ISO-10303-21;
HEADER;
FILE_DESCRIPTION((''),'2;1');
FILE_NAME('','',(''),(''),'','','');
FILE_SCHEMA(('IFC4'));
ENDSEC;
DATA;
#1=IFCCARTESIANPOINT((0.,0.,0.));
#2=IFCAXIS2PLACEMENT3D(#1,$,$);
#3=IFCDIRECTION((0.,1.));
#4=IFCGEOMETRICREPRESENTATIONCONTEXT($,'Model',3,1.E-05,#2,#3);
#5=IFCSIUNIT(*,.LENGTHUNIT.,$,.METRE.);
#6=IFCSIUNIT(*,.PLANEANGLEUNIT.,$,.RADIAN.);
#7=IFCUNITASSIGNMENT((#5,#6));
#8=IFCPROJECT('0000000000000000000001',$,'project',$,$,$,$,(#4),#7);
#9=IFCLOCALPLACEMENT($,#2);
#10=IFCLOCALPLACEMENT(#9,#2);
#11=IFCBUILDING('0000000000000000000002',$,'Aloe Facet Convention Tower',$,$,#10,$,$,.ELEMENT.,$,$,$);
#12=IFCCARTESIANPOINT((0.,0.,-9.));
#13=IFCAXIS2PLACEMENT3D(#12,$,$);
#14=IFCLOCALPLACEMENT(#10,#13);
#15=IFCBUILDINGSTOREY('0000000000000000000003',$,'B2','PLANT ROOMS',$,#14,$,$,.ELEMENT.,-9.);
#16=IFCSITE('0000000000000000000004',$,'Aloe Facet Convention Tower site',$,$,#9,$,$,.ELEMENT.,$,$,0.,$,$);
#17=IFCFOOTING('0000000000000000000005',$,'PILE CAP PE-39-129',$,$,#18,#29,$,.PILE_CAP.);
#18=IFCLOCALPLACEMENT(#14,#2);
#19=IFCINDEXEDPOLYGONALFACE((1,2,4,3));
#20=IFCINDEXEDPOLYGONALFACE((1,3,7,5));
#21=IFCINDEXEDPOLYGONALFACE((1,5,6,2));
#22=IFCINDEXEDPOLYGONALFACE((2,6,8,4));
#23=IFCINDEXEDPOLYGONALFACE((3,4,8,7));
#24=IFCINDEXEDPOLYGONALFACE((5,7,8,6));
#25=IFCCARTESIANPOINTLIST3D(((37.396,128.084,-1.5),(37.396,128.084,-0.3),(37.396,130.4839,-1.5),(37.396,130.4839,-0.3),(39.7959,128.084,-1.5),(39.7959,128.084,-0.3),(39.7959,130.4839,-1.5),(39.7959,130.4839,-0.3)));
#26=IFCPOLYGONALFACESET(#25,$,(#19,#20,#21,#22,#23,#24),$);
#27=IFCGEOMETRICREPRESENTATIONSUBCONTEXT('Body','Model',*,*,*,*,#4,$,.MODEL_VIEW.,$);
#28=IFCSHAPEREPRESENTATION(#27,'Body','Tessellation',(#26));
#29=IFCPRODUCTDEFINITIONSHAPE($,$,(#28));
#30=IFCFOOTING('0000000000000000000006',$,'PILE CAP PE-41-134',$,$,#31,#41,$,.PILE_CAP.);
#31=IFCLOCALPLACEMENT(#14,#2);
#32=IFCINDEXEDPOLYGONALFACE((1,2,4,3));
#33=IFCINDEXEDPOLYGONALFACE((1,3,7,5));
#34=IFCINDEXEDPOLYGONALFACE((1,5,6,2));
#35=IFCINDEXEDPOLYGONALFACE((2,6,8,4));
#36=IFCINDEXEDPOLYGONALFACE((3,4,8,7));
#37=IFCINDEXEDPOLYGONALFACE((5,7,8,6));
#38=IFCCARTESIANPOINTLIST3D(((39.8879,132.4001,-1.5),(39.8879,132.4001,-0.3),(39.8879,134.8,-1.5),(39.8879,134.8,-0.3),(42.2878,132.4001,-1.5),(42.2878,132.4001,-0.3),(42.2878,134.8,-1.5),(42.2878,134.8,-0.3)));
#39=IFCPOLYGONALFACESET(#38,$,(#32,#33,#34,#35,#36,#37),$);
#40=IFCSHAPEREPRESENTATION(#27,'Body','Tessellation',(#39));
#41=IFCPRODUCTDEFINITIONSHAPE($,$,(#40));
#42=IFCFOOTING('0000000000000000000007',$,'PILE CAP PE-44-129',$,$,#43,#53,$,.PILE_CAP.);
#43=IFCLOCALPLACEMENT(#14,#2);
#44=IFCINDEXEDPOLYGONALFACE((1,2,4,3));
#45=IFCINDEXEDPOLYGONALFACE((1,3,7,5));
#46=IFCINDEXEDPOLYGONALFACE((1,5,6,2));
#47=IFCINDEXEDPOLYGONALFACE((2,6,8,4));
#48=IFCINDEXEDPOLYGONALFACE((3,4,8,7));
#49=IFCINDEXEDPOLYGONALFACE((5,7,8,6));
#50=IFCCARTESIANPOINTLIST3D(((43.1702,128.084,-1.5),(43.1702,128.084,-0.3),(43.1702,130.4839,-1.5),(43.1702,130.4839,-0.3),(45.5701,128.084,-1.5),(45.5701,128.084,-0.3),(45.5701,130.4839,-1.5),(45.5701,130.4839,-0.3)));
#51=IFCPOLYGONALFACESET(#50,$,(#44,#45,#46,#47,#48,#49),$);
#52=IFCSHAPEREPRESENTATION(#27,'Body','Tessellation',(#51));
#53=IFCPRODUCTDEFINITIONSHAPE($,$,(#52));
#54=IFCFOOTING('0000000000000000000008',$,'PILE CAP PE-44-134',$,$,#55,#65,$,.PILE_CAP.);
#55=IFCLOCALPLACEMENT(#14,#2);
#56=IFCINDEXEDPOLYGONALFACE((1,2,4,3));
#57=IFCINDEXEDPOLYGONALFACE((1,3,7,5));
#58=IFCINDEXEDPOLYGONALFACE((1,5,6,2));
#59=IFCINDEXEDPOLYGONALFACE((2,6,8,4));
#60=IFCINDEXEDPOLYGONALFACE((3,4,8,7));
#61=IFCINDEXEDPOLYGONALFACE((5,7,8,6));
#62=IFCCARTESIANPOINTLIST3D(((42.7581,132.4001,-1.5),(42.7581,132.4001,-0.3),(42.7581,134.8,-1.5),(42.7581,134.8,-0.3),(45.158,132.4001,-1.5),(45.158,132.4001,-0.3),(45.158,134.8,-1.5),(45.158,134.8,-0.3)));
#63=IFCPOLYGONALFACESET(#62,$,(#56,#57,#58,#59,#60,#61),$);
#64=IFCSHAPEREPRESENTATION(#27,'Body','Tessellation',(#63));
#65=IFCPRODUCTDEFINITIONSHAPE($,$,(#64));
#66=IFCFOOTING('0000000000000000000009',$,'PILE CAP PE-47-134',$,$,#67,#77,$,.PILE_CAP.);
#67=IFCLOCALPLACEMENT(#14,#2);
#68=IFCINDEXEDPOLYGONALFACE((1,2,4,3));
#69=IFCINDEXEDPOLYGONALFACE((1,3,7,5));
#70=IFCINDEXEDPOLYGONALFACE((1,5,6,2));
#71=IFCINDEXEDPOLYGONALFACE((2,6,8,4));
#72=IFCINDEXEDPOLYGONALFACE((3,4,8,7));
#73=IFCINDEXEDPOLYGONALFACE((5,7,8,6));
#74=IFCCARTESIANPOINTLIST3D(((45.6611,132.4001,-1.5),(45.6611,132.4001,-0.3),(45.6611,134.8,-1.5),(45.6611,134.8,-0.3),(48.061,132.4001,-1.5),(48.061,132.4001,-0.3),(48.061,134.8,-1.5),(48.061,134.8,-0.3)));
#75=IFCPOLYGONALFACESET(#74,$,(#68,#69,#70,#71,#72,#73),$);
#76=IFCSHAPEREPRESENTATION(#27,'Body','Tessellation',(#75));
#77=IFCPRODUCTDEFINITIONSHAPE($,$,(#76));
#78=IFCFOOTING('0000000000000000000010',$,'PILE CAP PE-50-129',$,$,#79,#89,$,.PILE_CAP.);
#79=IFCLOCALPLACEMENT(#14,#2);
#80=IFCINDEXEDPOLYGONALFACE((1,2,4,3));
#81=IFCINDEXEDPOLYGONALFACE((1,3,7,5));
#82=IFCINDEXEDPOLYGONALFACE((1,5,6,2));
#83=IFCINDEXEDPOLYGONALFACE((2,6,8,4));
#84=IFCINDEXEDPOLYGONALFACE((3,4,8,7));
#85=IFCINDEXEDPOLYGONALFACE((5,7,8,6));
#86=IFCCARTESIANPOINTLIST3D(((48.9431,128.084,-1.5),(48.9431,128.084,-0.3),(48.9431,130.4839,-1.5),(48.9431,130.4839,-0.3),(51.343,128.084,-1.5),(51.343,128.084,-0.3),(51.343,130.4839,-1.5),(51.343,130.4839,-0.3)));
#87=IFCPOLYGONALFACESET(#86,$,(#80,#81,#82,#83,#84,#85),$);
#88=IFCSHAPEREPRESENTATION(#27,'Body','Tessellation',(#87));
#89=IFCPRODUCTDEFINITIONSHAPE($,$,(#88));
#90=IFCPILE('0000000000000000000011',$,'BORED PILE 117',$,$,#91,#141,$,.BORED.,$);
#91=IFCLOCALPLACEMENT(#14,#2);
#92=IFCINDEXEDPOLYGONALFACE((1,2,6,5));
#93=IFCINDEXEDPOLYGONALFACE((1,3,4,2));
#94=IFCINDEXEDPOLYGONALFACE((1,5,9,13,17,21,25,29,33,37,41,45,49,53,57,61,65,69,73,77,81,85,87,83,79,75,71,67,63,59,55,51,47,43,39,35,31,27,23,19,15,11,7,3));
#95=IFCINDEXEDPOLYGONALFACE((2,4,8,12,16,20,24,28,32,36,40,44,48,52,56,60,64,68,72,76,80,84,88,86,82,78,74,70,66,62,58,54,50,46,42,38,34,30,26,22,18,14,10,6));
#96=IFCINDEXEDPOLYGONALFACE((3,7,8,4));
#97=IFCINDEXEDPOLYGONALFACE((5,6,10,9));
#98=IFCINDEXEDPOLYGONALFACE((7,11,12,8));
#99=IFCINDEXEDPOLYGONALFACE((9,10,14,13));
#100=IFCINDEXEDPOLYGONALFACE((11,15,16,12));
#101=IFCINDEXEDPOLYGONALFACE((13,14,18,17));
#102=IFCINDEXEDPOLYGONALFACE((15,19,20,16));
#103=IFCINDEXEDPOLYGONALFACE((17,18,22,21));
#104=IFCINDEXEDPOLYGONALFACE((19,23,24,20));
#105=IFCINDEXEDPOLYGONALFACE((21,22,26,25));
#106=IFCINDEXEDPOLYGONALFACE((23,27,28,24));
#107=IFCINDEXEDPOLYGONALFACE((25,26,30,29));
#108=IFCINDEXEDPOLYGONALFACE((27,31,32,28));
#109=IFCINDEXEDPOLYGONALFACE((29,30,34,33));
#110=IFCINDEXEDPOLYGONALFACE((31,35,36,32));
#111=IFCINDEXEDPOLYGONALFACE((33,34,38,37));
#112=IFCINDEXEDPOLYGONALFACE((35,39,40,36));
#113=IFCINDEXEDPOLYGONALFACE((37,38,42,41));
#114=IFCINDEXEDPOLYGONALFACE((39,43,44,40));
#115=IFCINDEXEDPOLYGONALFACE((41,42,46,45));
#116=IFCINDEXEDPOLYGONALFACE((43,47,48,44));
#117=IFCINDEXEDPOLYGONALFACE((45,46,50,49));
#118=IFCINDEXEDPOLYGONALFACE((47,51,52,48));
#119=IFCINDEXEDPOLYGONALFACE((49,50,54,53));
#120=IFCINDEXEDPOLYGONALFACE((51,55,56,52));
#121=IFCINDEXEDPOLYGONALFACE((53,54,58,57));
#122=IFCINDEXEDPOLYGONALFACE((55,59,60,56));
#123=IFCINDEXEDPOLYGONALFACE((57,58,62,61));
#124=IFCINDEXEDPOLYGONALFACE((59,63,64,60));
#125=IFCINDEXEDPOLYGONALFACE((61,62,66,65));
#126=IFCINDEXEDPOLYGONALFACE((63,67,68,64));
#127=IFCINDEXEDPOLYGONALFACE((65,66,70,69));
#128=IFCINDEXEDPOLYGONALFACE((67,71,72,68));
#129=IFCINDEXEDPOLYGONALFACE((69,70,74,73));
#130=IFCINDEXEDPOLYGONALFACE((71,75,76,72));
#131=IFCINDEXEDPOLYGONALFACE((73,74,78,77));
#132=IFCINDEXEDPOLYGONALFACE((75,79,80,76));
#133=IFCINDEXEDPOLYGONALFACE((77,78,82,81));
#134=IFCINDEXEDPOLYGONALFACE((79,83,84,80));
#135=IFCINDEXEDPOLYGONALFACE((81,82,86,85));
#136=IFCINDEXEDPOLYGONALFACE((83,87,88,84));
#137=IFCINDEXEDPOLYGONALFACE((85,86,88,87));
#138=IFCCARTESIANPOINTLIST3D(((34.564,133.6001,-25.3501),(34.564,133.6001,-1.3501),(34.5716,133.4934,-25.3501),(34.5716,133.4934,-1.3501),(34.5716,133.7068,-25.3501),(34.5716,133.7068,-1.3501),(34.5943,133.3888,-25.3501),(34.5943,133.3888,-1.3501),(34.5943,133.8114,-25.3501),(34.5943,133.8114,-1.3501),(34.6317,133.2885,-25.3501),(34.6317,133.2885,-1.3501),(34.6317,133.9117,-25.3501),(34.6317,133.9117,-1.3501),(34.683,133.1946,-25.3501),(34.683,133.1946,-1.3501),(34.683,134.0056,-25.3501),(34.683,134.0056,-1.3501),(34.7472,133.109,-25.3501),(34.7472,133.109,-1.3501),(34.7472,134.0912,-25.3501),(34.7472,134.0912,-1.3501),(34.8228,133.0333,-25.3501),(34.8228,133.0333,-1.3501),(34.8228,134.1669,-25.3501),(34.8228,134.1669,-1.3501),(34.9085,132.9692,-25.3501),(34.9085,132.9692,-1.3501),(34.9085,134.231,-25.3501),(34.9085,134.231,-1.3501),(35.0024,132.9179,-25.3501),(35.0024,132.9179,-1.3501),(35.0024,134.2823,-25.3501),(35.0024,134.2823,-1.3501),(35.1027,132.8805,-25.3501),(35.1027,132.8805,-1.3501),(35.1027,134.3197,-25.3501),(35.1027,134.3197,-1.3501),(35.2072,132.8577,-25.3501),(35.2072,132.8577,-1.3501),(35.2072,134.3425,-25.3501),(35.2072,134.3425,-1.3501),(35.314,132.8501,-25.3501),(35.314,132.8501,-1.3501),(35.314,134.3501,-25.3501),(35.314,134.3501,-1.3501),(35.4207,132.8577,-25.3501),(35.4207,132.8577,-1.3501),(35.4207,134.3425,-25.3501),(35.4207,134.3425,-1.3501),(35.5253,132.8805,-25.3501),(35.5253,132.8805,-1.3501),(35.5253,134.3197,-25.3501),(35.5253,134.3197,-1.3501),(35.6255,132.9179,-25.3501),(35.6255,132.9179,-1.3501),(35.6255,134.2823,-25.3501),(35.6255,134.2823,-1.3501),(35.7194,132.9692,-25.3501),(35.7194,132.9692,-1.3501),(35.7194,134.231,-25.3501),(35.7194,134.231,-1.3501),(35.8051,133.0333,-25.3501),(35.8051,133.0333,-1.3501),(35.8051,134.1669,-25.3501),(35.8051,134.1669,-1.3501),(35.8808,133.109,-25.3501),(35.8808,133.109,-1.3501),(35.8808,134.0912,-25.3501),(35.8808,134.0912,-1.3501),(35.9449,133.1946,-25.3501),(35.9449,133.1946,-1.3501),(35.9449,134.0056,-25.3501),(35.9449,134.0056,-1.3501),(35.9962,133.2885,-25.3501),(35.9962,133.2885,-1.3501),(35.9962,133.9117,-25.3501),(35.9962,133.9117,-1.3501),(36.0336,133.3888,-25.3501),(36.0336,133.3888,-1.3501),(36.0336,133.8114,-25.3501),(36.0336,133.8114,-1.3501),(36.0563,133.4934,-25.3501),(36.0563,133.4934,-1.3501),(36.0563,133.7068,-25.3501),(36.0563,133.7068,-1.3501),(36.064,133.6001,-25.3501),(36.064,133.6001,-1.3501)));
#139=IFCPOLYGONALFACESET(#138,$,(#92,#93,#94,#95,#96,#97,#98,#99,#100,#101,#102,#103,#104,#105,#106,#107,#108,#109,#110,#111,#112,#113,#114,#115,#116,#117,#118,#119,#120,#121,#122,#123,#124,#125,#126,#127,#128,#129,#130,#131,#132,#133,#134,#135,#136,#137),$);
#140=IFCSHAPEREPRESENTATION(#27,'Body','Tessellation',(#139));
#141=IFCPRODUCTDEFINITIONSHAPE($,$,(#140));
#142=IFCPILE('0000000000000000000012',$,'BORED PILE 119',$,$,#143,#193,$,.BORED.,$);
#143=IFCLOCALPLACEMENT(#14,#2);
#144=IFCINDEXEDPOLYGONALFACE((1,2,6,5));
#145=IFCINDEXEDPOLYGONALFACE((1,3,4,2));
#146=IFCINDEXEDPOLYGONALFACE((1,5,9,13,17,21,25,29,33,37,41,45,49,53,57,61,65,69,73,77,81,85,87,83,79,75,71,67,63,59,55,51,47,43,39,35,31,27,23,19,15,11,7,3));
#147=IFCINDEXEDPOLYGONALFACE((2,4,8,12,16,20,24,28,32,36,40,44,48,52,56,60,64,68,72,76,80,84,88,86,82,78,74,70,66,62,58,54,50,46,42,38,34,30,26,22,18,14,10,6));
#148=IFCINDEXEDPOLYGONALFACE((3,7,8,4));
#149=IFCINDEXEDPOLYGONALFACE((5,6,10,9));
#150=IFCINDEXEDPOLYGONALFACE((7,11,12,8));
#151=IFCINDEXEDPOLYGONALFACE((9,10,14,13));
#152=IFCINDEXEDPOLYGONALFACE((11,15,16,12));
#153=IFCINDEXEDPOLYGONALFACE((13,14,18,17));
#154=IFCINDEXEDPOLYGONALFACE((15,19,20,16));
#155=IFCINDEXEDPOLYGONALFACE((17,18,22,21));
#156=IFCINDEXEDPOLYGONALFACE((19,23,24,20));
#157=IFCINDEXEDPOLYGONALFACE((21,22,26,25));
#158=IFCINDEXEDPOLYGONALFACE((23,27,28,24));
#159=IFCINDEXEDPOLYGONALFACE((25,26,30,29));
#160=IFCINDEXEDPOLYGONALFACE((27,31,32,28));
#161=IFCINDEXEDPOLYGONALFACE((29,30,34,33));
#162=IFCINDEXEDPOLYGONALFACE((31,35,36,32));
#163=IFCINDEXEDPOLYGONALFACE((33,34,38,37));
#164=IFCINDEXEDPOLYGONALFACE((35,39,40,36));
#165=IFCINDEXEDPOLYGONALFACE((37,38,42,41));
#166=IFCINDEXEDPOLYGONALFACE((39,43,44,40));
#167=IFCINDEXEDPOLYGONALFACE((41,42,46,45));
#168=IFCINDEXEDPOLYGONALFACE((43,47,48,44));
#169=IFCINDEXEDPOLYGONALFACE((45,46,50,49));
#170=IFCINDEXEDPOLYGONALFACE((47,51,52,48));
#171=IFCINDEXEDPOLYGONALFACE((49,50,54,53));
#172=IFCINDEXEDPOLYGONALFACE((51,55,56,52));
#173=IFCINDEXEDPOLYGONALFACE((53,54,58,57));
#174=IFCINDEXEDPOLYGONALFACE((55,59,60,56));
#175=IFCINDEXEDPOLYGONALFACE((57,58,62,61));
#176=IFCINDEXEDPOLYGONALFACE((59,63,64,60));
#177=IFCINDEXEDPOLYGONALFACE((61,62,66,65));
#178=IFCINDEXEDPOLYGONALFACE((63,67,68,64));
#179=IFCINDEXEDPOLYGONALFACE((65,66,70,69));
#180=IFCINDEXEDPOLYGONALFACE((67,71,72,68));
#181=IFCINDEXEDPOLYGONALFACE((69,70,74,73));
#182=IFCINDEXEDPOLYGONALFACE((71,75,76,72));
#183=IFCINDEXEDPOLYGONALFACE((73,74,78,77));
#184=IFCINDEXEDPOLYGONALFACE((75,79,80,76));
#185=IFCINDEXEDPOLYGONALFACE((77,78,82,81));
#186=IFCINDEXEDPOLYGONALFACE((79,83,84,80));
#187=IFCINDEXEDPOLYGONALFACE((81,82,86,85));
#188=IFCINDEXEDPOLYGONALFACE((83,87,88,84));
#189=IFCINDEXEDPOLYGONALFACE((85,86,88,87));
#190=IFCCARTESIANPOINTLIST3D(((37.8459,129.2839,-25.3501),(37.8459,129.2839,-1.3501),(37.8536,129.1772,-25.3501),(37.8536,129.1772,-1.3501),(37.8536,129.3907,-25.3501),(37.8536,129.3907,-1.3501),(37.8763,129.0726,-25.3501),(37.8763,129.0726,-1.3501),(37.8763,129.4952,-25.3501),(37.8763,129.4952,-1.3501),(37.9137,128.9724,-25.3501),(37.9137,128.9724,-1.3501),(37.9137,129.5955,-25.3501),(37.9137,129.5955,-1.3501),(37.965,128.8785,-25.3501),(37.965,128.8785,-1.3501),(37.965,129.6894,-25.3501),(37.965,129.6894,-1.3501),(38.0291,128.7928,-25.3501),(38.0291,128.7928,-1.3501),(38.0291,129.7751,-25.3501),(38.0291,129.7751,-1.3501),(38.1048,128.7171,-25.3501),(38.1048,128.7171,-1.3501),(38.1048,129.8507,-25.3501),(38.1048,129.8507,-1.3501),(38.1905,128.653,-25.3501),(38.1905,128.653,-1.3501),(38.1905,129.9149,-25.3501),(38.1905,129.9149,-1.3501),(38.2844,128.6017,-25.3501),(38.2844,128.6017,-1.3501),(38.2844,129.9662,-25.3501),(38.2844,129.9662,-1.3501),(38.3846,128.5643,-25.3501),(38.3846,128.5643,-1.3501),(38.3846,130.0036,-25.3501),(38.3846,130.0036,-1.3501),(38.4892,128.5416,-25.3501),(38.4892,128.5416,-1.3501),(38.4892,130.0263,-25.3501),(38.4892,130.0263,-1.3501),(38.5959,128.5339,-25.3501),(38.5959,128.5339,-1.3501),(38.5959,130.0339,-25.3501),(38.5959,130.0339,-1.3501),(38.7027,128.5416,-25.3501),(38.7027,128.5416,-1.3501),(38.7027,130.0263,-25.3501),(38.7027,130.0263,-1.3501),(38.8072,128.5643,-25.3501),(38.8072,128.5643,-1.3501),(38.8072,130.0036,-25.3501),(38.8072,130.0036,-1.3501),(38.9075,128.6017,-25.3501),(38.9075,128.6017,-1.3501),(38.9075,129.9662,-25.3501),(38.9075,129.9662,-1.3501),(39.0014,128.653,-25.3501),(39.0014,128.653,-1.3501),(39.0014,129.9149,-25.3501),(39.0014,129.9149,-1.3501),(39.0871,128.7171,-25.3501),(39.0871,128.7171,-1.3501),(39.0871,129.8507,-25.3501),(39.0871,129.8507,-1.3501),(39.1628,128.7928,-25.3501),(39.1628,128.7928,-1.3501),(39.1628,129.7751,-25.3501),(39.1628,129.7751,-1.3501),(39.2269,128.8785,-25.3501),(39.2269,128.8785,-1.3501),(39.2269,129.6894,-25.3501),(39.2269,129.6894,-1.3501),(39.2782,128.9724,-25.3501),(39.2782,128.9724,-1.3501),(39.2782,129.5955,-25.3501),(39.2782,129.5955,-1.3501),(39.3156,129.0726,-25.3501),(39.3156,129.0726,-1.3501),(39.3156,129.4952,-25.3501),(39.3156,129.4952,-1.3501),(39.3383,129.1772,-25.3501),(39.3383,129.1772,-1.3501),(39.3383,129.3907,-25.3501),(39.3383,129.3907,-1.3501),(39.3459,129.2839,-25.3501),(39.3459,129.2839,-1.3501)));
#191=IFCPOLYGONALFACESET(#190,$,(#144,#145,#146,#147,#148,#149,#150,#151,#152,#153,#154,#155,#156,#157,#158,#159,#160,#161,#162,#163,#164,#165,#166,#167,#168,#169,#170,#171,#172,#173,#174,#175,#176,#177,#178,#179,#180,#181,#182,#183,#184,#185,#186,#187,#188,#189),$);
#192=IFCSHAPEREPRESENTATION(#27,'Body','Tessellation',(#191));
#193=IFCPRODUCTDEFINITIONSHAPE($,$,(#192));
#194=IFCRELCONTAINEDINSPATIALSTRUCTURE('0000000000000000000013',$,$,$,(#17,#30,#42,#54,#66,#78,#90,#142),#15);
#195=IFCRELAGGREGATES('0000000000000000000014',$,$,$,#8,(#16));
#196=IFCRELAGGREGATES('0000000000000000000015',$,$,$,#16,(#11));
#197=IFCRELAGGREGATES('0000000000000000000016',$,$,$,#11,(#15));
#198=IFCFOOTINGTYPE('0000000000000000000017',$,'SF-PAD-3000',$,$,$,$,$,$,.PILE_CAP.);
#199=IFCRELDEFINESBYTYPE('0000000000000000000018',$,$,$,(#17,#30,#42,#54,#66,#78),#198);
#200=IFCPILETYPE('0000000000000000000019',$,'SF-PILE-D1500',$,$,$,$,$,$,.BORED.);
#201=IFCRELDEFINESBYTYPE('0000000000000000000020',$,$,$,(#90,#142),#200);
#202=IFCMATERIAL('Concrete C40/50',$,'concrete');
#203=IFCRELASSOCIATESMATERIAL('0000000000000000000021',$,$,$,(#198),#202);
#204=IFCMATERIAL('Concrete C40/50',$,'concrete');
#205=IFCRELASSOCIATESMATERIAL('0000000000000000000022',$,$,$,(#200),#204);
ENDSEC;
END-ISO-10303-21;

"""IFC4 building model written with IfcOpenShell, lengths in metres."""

from ifc_helpers import new_model, si_unit, direction, frame, origin, origin_2d, place, context, subcontext, project, spatial, rectangle, circle, extrude, material, material_profile, profile_set, type_object, element, save


model = new_model("IFC4")

# Units and contexts
model_context = context("Model", 3, precision=1e-05, world=origin(), true_north=direction((0.0, 1.0)))
body_context = subcontext(model_context, "Body", "Model", "MODEL_VIEW")
ifc_project = project(units=[si_unit("LENGTHUNIT", "METRE"), si_unit("PLANEANGLEUNIT", "RADIAN")], contexts=[model_context])

# Site, building, storey
site_placement = place(None, origin())
site = spatial("IfcSite", under=ifc_project, at=site_placement, Name="Aloe Facet Convention Tower site", CompositionType="ELEMENT", RefElevation=0.0)
building_placement = place(site_placement, origin())
building = spatial("IfcBuilding", under=site, at=building_placement, Name="Aloe Facet Convention Tower", CompositionType="ELEMENT")
storey_placement = place(building_placement, frame((0.0, 0.0, -9.0)))
storey = spatial("IfcBuildingStorey", under=building, at=storey_placement, Name="B2", Description="PLANT ROOMS", CompositionType="ELEMENT", Elevation=-9.0)

# Footings
ifc_material_1 = material(Name="Concrete C40/50", Category="concrete")
footing_type = type_object("IfcFootingType", Name="SF-PAD-3000", PredefinedType="PILE_CAP", material=ifc_material_1)
for number, where, z_axis, x_axis, name in (
    (1, (38.5959, 129.2839, -1.5), (0.0, 0.0, 1.0), (1.0, 0.0, 0.0), "PILE CAP PE-39-129"),
    (2, (41.0879, 133.6001, -1.5), (0.0, 0.0, 1.0), (1.0, 0.0, 0.0), "PILE CAP PE-41-134"),
    (3, (44.3701, 129.2839, -1.5), (0.0, 0.0, 1.0), (1.0, 0.0, 0.0), "PILE CAP PE-44-129"),
    (4, (43.958, 133.6001, -1.5), (0.0, 0.0, 1.0), (1.0, 0.0, 0.0), "PILE CAP PE-44-134"),
    (5, (46.8611, 133.6001, -1.5), (0.0, 0.0, 1.0), (1.0, 0.0, 0.0), "PILE CAP PE-47-134"),
    (6, (50.1431, 129.2839, -1.5), (0.0, 0.0, 1.0), (1.0, 0.0, 0.0), "PILE CAP PE-50-129"),
):
    element("IfcFooting", number, at=place(storey_placement, frame(where, z_axis=z_axis, x_axis=x_axis)), inside=storey, type_object=footing_type, Name=name, PredefinedType="PILE_CAP", context=body_context, shape_type="SweptSolid", body=[
        extrude(rectangle(XDim=2.3999, YDim=2.3999, at=origin_2d()), origin(), (0.0, 0.0, 1.0), 1.2),
    ])

# Piles
ifc_material_2 = material(Name="Concrete C40/50", Category="concrete")
ifc_material_profile_1 = material_profile(ifc_material_2, circle(Radius=0.75, at=origin_2d()), Name="D1500")
ifc_profile_set_1 = profile_set([ifc_material_profile_1], Name="Concrete C40/50")
pile_type = type_object("IfcPileType", Name="SF-PILE-D1500", PredefinedType="BORED", material=ifc_profile_set_1)
for number, where, z_axis, x_axis, name in (
    (7, (35.314, 133.6001, -1.3501), (0.0, 0.0, -1.0), (1.0, 0.0, 0.0), "BORED PILE 117"),
    (8, (38.5959, 129.2839, -1.3501), (0.0, 0.0, -1.0), (1.0, 0.0, 0.0), "BORED PILE 119"),
):
    element("IfcPile", number, at=place(storey_placement, frame(where, z_axis=z_axis, x_axis=x_axis)), inside=storey, type_object=pile_type, Name=name, PredefinedType="BORED", context=body_context, shape_type="SweptSolid", body=[
        extrude(circle(Radius=0.75, at=origin_2d()), origin(), (0.0, 0.0, 1.0), 24.0),
    ])

save(model, "model.ifc")
